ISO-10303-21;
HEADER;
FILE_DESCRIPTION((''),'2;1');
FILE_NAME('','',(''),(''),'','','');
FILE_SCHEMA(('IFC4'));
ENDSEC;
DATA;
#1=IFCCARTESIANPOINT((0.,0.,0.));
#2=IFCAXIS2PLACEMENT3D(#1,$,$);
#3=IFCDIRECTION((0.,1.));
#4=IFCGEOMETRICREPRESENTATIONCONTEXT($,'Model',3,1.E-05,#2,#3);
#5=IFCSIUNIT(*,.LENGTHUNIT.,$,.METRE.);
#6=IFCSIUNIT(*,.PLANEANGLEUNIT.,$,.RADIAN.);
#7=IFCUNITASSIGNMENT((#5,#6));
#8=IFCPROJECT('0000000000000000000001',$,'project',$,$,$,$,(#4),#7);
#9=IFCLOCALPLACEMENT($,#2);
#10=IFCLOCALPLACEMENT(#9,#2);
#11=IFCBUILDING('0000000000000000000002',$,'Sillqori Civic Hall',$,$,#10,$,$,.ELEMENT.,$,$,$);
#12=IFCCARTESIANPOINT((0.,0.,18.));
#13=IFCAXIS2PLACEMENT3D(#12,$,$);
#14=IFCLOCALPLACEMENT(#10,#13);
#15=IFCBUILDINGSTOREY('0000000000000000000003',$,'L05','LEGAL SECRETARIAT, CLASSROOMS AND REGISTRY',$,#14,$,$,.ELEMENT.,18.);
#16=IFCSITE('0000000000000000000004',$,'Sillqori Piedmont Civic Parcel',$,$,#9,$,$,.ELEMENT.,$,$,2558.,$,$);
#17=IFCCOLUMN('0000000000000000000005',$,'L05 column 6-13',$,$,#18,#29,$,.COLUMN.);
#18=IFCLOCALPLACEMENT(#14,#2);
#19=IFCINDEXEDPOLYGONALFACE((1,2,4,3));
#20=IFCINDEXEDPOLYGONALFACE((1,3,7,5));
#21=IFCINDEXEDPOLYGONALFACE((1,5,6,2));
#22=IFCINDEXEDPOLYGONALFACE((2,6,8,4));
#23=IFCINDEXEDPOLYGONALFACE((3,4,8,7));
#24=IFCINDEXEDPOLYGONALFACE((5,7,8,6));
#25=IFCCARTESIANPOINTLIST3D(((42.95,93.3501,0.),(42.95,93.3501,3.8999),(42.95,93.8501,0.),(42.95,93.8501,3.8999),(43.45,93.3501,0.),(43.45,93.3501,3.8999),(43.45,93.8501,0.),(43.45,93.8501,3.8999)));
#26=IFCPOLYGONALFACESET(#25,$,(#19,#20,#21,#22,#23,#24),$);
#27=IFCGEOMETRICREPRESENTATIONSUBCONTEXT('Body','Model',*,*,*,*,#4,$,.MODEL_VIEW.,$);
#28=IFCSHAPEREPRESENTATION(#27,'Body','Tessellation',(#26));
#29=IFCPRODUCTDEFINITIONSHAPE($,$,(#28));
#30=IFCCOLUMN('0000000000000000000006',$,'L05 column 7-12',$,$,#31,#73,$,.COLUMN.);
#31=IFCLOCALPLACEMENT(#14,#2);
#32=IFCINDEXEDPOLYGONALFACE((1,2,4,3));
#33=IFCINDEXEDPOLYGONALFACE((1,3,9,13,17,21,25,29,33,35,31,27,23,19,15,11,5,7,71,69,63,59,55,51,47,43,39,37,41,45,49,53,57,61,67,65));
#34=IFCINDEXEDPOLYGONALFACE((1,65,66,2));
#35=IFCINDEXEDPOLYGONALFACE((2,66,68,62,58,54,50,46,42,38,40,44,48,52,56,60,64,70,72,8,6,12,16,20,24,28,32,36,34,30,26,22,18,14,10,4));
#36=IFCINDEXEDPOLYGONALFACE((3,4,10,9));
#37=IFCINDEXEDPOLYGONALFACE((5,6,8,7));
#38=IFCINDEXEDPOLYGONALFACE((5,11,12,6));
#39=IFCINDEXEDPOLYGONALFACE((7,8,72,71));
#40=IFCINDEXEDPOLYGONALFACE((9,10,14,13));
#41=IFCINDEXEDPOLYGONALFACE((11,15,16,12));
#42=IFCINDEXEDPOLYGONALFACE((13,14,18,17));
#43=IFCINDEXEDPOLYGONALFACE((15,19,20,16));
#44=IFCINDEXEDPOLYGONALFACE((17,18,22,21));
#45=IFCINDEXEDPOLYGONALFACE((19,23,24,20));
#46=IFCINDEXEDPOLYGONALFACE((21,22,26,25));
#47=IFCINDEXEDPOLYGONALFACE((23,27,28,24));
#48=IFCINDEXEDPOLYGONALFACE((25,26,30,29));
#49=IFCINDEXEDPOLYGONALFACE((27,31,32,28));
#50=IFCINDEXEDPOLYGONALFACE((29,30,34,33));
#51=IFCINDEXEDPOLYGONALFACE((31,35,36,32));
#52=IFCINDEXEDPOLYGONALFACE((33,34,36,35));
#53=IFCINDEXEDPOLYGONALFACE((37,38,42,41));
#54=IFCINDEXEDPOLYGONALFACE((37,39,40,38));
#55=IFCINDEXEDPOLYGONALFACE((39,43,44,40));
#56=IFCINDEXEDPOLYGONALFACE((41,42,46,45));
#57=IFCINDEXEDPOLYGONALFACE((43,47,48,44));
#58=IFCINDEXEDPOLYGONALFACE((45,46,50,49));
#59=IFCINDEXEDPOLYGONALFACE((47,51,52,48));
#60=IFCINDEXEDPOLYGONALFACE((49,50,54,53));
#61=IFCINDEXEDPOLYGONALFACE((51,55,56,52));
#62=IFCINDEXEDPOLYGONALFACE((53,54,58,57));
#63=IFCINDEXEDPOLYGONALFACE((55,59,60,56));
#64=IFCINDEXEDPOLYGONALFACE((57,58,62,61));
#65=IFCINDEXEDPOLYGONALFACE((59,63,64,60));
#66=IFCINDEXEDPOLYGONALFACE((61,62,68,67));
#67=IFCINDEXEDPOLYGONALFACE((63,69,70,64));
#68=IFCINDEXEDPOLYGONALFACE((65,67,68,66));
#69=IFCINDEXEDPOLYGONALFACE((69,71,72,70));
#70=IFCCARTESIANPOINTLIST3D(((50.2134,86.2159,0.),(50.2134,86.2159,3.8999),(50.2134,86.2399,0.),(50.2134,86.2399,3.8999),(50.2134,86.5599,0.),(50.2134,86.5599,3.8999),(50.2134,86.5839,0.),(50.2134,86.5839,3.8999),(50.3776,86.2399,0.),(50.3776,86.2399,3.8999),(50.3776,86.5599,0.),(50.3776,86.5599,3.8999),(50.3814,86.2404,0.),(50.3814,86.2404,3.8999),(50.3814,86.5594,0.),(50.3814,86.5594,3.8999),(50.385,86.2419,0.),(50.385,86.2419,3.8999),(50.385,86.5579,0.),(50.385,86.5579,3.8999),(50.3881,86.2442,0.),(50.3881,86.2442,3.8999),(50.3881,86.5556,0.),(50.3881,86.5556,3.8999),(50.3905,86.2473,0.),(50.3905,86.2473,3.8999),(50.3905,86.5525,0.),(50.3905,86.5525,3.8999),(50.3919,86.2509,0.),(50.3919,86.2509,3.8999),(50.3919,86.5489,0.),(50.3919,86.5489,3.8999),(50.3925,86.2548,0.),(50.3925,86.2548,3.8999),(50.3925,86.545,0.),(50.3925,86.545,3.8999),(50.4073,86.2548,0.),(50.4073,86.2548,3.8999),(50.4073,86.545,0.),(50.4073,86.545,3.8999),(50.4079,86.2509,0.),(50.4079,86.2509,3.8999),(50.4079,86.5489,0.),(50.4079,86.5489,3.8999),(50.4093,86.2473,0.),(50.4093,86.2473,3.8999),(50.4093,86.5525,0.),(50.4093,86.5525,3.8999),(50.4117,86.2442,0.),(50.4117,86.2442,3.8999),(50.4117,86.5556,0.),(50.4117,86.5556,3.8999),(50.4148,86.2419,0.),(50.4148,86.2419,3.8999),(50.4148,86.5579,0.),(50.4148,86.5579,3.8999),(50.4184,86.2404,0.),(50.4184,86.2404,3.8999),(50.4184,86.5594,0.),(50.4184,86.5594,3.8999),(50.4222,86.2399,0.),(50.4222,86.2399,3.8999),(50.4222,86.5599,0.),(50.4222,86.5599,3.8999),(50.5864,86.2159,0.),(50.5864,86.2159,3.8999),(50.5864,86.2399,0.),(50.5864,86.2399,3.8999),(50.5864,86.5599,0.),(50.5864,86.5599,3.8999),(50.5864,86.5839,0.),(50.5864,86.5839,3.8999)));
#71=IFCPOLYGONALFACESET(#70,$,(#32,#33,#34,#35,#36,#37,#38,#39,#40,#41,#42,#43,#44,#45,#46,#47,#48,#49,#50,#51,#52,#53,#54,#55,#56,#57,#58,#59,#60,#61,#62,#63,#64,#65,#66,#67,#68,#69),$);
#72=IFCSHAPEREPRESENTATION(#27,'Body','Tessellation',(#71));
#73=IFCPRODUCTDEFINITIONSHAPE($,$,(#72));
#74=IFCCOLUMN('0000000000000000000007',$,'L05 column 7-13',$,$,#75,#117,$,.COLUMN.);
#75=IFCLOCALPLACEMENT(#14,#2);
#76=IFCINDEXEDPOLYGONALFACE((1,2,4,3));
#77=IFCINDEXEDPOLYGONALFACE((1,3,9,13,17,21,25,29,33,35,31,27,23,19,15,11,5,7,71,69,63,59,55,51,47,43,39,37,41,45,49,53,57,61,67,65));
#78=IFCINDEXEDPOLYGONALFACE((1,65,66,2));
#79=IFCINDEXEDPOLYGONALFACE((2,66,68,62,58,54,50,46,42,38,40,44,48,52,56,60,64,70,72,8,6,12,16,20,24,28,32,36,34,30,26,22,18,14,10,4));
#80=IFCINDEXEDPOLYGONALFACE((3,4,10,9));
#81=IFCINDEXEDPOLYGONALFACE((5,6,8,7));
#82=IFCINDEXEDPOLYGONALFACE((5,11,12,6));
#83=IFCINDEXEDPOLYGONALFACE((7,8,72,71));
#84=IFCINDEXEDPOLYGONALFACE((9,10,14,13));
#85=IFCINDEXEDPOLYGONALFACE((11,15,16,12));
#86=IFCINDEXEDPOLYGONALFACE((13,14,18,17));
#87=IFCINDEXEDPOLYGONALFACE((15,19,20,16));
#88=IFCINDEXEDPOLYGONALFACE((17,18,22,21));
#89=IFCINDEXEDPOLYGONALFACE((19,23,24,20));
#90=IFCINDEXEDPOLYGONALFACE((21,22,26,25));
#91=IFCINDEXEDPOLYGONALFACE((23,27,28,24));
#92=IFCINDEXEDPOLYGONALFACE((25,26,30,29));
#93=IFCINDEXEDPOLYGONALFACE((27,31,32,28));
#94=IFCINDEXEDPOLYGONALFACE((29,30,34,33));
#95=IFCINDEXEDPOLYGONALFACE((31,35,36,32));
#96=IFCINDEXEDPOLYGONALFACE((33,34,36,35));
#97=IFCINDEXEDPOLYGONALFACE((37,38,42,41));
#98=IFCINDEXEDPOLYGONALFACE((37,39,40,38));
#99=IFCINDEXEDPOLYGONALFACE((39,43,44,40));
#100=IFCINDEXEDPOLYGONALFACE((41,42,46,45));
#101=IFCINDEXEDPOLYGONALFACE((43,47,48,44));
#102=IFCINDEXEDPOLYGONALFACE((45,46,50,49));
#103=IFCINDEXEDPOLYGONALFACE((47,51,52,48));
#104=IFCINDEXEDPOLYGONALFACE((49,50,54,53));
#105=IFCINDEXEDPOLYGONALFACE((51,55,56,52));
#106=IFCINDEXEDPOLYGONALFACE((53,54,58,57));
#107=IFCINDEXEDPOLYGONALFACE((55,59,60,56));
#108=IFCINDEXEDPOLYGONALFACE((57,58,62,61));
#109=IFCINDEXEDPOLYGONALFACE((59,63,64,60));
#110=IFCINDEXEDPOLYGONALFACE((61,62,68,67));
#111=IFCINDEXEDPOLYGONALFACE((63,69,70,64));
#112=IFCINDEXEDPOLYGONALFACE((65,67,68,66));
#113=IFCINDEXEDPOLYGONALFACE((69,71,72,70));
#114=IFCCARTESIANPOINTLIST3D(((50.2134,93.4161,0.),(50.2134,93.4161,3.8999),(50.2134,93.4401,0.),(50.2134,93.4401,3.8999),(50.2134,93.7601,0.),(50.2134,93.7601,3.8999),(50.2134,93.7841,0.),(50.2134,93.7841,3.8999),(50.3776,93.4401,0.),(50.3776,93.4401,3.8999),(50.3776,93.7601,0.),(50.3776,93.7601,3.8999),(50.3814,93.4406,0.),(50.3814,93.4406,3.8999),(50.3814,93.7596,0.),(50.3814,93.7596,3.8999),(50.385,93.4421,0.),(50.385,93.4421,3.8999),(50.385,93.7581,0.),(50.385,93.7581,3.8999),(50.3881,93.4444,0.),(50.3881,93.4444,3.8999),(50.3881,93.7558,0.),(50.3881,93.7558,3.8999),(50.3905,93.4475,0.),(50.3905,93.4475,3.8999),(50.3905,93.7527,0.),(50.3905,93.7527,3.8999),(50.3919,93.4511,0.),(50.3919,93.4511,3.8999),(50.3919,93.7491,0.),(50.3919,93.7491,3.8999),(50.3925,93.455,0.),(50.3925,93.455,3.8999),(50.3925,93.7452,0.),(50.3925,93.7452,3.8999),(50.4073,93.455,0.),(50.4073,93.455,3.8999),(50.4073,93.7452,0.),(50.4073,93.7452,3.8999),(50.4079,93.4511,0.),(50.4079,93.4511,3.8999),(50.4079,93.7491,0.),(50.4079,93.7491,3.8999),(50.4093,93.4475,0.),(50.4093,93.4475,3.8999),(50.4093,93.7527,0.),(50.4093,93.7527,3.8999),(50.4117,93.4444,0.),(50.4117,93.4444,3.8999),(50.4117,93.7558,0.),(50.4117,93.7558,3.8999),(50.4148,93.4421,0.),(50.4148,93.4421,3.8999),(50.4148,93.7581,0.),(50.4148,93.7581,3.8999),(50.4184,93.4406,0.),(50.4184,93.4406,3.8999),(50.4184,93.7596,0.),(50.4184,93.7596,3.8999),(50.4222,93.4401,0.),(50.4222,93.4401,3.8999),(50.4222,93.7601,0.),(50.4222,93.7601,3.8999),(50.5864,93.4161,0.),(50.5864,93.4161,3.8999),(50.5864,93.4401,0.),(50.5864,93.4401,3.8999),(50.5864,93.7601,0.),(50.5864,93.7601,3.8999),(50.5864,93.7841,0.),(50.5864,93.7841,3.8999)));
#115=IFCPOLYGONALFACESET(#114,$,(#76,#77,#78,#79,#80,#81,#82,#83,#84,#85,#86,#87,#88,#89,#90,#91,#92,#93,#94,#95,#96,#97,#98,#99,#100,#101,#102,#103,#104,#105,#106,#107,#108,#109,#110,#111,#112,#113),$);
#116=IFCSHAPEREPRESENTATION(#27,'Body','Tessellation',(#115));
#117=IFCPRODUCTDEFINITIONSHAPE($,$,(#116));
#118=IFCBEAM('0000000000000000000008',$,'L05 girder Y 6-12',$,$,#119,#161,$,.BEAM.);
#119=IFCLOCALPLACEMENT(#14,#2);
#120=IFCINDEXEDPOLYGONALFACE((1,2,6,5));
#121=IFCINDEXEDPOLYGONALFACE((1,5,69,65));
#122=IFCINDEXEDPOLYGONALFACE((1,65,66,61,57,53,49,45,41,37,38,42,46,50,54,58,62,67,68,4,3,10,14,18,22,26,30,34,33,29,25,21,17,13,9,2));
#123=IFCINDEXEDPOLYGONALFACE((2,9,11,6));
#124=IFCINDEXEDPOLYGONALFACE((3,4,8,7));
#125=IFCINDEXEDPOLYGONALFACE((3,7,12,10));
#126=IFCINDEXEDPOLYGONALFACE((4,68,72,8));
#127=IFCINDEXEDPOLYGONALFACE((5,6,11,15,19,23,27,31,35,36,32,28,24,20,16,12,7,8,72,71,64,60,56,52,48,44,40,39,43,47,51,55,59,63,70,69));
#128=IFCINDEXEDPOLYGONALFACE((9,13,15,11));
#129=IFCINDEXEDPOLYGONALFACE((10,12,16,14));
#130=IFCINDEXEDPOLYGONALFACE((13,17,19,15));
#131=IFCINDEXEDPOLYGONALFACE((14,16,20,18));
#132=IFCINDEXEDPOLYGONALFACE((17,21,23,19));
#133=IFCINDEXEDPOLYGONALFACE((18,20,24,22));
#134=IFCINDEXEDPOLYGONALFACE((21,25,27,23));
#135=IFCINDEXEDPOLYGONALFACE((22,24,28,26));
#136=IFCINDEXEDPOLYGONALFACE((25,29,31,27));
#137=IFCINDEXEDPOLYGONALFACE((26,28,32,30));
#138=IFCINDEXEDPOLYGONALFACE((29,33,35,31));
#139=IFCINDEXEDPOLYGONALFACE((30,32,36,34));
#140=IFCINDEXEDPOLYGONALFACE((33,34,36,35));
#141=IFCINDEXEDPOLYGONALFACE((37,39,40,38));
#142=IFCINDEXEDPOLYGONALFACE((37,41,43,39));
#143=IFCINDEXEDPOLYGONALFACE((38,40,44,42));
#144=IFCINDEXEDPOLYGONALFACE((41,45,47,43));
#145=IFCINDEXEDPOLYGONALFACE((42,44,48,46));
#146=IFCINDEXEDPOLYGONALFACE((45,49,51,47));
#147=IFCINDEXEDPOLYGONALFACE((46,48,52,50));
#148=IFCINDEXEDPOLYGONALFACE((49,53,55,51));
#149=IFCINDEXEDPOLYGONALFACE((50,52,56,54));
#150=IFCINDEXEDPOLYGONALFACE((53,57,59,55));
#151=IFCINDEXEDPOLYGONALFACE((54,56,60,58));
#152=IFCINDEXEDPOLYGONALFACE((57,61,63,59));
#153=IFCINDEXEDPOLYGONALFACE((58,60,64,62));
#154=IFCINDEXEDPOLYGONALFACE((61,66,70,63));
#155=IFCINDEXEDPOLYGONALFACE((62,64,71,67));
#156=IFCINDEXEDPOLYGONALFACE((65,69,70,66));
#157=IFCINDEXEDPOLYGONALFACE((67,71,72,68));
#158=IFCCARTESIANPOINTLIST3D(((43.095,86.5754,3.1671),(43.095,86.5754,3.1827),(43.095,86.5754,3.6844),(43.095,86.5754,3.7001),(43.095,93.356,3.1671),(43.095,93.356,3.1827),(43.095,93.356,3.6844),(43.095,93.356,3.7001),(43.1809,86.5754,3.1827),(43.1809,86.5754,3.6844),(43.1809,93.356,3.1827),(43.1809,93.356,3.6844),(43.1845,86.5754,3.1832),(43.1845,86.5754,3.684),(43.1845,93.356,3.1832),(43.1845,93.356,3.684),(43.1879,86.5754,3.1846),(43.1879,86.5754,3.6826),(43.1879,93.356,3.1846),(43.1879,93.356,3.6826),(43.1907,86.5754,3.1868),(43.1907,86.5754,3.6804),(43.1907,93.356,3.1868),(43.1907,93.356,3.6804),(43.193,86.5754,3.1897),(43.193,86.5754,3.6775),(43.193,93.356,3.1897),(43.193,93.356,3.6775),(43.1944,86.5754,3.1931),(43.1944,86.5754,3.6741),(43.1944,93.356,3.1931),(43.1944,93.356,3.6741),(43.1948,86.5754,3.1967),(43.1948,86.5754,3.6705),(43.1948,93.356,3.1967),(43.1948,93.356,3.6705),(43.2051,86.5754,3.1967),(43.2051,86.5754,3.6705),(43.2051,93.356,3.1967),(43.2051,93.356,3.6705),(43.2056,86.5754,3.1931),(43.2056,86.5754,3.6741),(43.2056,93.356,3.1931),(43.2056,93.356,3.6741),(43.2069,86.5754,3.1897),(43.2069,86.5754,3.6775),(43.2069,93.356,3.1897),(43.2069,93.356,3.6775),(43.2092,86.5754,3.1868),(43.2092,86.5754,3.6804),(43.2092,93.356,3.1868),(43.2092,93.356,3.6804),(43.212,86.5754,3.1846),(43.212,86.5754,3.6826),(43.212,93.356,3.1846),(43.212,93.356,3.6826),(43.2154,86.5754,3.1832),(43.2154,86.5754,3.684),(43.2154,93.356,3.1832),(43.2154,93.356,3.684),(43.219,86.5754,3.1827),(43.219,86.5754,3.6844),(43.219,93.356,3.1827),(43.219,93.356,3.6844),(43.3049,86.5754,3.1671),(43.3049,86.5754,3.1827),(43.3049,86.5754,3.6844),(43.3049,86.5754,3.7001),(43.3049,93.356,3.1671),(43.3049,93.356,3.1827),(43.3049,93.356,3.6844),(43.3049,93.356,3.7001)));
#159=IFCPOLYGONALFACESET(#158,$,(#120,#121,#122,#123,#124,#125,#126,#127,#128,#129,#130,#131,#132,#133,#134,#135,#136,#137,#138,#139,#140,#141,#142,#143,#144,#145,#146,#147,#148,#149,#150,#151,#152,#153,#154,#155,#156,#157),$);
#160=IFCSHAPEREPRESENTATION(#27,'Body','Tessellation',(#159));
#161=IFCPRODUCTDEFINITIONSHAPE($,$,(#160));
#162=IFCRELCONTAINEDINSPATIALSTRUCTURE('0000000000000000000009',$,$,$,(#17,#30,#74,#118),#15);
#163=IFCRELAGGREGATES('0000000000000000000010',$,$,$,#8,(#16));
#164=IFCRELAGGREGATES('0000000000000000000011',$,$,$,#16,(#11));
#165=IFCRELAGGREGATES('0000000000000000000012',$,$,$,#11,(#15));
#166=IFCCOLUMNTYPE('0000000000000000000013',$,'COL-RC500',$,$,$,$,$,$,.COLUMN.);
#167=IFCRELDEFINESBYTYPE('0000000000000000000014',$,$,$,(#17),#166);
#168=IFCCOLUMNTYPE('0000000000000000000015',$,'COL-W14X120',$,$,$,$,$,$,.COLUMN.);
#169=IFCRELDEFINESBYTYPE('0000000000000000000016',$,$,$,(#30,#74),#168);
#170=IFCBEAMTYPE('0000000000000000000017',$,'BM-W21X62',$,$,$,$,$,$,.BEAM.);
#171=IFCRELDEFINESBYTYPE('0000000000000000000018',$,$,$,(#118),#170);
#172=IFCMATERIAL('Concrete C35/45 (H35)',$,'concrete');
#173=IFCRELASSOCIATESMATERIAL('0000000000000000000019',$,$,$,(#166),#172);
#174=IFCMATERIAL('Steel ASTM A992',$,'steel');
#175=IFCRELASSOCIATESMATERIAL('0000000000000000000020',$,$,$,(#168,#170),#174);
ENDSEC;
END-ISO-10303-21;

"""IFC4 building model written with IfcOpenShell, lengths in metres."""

from ifc_helpers import new_model, si_unit, direction, frame, origin, origin_2d, place, context, subcontext, project, spatial, rectangle, i_section, extrude, material, material_profile, profile_set, type_object, element, save


model = new_model("IFC4")

# Units and contexts
model_context = context("Model", 3, precision=1e-05, world=origin(), true_north=direction((0.0, 1.0)))
body_context = subcontext(model_context, "Body", "Model", "MODEL_VIEW")
ifc_project = project(units=[si_unit("LENGTHUNIT", "METRE"), si_unit("PLANEANGLEUNIT", "RADIAN")], contexts=[model_context])

# Site, building, storey
site_placement = place(None, origin())
site = spatial("IfcSite", under=ifc_project, at=site_placement, Name="Sillqori Piedmont Civic Parcel", CompositionType="ELEMENT", RefElevation=2558.0)
building_placement = place(site_placement, origin())
building = spatial("IfcBuilding", under=site, at=building_placement, Name="Sillqori Civic Hall", CompositionType="ELEMENT")
storey_placement = place(building_placement, frame((0.0, 0.0, 18.0)))
storey = spatial("IfcBuildingStorey", under=building, at=storey_placement, Name="L05", Description="LEGAL SECRETARIAT, CLASSROOMS AND REGISTRY", CompositionType="ELEMENT", Elevation=18.0)

# Columns
ifc_material_1 = material(Name="Concrete C35/45 (H35)", Category="concrete")
ifc_material_profile_1 = material_profile(ifc_material_1, rectangle(XDim=0.5, YDim=0.5, at=origin_2d()), Name="RC 500x500")
ifc_profile_set_1 = profile_set([ifc_material_profile_1], Name="Concrete C35/45 (H35)")
column_type_1 = type_object("IfcColumnType", Name="COL-RC500", PredefinedType="COLUMN", material=ifc_profile_set_1)
column_placement = place(storey_placement, frame((43.2, 93.6001, 0.0), z_axis=(0.0, 0.0, 1.0), x_axis=(1.0, 0.0, 0.0)))
element("IfcColumn", 1, at=column_placement, inside=storey, type_object=column_type_1, Name="L05 column 6-13", PredefinedType="COLUMN", context=body_context, shape_type="SweptSolid", body=[
    extrude(rectangle(XDim=0.5, YDim=0.5, at=origin_2d()), origin(), (0.0, 0.0, 1.0), 3.8999),
])
ifc_material_2 = material(Name="Steel ASTM A992", Category="steel")
ifc_material_profile_2 = material_profile(ifc_material_2, i_section(OverallWidth=0.373, OverallDepth=0.3679, WebThickness=0.0149, FlangeThickness=0.0239, FilletRadius=0.0149, at=origin_2d()), Name="W14X120")
ifc_profile_set_2 = profile_set([ifc_material_profile_2], Name="Steel ASTM A992")
column_type_2 = type_object("IfcColumnType", Name="COL-W14X120", PredefinedType="COLUMN", material=ifc_profile_set_2)
for number, where, z_axis, x_axis, name in (
    (2, (50.3999, 86.3999, 0.0), (0.0, 0.0, 1.0), (1.0, 0.0, 0.0), "L05 column 7-12"),
    (3, (50.3999, 93.6001, 0.0), (0.0, 0.0, 1.0), (1.0, 0.0, 0.0), "L05 column 7-13"),
):
    element("IfcColumn", number, at=place(storey_placement, frame(where, z_axis=z_axis, x_axis=x_axis)), inside=storey, type_object=column_type_2, Name=name, PredefinedType="COLUMN", context=body_context, shape_type="SweptSolid", body=[
        extrude(i_section(OverallWidth=0.373, OverallDepth=0.3679, WebThickness=0.0149, FlangeThickness=0.0239, FilletRadius=0.0149, at=origin_2d()), origin(), (0.0, 0.0, 1.0), 3.8999),
    ])

# Beam
ifc_material_profile_3 = material_profile(ifc_material_2, i_section(OverallWidth=0.21, OverallDepth=0.533, WebThickness=0.0103, FlangeThickness=0.0156, FilletRadius=0.0139, at=origin_2d()), Name="W21X62")
ifc_profile_set_3 = profile_set([ifc_material_profile_3], Name="Steel ASTM A992")
beam_type_1 = type_object("IfcBeamType", Name="BM-W21X62", PredefinedType="BEAM", material=ifc_profile_set_3)
beam_1_placement = place(storey_placement, frame((43.2, 86.5754, 3.4336), z_axis=(0.0, 1.0, 0.0), x_axis=(-1.0, 0.0, 0.0)))
element("IfcBeam", 4, at=beam_1_placement, inside=storey, type_object=beam_type_1, Name="L05 girder Y 6-12", PredefinedType="BEAM", context=body_context, shape_type="SweptSolid", body=[
    extrude(i_section(OverallWidth=0.21, OverallDepth=0.533, WebThickness=0.0103, FlangeThickness=0.0156, FilletRadius=0.0139, at=origin_2d()), origin(), (0.0, 0.0, 1.0), 6.7805),
])

save(model, "model.ifc")
